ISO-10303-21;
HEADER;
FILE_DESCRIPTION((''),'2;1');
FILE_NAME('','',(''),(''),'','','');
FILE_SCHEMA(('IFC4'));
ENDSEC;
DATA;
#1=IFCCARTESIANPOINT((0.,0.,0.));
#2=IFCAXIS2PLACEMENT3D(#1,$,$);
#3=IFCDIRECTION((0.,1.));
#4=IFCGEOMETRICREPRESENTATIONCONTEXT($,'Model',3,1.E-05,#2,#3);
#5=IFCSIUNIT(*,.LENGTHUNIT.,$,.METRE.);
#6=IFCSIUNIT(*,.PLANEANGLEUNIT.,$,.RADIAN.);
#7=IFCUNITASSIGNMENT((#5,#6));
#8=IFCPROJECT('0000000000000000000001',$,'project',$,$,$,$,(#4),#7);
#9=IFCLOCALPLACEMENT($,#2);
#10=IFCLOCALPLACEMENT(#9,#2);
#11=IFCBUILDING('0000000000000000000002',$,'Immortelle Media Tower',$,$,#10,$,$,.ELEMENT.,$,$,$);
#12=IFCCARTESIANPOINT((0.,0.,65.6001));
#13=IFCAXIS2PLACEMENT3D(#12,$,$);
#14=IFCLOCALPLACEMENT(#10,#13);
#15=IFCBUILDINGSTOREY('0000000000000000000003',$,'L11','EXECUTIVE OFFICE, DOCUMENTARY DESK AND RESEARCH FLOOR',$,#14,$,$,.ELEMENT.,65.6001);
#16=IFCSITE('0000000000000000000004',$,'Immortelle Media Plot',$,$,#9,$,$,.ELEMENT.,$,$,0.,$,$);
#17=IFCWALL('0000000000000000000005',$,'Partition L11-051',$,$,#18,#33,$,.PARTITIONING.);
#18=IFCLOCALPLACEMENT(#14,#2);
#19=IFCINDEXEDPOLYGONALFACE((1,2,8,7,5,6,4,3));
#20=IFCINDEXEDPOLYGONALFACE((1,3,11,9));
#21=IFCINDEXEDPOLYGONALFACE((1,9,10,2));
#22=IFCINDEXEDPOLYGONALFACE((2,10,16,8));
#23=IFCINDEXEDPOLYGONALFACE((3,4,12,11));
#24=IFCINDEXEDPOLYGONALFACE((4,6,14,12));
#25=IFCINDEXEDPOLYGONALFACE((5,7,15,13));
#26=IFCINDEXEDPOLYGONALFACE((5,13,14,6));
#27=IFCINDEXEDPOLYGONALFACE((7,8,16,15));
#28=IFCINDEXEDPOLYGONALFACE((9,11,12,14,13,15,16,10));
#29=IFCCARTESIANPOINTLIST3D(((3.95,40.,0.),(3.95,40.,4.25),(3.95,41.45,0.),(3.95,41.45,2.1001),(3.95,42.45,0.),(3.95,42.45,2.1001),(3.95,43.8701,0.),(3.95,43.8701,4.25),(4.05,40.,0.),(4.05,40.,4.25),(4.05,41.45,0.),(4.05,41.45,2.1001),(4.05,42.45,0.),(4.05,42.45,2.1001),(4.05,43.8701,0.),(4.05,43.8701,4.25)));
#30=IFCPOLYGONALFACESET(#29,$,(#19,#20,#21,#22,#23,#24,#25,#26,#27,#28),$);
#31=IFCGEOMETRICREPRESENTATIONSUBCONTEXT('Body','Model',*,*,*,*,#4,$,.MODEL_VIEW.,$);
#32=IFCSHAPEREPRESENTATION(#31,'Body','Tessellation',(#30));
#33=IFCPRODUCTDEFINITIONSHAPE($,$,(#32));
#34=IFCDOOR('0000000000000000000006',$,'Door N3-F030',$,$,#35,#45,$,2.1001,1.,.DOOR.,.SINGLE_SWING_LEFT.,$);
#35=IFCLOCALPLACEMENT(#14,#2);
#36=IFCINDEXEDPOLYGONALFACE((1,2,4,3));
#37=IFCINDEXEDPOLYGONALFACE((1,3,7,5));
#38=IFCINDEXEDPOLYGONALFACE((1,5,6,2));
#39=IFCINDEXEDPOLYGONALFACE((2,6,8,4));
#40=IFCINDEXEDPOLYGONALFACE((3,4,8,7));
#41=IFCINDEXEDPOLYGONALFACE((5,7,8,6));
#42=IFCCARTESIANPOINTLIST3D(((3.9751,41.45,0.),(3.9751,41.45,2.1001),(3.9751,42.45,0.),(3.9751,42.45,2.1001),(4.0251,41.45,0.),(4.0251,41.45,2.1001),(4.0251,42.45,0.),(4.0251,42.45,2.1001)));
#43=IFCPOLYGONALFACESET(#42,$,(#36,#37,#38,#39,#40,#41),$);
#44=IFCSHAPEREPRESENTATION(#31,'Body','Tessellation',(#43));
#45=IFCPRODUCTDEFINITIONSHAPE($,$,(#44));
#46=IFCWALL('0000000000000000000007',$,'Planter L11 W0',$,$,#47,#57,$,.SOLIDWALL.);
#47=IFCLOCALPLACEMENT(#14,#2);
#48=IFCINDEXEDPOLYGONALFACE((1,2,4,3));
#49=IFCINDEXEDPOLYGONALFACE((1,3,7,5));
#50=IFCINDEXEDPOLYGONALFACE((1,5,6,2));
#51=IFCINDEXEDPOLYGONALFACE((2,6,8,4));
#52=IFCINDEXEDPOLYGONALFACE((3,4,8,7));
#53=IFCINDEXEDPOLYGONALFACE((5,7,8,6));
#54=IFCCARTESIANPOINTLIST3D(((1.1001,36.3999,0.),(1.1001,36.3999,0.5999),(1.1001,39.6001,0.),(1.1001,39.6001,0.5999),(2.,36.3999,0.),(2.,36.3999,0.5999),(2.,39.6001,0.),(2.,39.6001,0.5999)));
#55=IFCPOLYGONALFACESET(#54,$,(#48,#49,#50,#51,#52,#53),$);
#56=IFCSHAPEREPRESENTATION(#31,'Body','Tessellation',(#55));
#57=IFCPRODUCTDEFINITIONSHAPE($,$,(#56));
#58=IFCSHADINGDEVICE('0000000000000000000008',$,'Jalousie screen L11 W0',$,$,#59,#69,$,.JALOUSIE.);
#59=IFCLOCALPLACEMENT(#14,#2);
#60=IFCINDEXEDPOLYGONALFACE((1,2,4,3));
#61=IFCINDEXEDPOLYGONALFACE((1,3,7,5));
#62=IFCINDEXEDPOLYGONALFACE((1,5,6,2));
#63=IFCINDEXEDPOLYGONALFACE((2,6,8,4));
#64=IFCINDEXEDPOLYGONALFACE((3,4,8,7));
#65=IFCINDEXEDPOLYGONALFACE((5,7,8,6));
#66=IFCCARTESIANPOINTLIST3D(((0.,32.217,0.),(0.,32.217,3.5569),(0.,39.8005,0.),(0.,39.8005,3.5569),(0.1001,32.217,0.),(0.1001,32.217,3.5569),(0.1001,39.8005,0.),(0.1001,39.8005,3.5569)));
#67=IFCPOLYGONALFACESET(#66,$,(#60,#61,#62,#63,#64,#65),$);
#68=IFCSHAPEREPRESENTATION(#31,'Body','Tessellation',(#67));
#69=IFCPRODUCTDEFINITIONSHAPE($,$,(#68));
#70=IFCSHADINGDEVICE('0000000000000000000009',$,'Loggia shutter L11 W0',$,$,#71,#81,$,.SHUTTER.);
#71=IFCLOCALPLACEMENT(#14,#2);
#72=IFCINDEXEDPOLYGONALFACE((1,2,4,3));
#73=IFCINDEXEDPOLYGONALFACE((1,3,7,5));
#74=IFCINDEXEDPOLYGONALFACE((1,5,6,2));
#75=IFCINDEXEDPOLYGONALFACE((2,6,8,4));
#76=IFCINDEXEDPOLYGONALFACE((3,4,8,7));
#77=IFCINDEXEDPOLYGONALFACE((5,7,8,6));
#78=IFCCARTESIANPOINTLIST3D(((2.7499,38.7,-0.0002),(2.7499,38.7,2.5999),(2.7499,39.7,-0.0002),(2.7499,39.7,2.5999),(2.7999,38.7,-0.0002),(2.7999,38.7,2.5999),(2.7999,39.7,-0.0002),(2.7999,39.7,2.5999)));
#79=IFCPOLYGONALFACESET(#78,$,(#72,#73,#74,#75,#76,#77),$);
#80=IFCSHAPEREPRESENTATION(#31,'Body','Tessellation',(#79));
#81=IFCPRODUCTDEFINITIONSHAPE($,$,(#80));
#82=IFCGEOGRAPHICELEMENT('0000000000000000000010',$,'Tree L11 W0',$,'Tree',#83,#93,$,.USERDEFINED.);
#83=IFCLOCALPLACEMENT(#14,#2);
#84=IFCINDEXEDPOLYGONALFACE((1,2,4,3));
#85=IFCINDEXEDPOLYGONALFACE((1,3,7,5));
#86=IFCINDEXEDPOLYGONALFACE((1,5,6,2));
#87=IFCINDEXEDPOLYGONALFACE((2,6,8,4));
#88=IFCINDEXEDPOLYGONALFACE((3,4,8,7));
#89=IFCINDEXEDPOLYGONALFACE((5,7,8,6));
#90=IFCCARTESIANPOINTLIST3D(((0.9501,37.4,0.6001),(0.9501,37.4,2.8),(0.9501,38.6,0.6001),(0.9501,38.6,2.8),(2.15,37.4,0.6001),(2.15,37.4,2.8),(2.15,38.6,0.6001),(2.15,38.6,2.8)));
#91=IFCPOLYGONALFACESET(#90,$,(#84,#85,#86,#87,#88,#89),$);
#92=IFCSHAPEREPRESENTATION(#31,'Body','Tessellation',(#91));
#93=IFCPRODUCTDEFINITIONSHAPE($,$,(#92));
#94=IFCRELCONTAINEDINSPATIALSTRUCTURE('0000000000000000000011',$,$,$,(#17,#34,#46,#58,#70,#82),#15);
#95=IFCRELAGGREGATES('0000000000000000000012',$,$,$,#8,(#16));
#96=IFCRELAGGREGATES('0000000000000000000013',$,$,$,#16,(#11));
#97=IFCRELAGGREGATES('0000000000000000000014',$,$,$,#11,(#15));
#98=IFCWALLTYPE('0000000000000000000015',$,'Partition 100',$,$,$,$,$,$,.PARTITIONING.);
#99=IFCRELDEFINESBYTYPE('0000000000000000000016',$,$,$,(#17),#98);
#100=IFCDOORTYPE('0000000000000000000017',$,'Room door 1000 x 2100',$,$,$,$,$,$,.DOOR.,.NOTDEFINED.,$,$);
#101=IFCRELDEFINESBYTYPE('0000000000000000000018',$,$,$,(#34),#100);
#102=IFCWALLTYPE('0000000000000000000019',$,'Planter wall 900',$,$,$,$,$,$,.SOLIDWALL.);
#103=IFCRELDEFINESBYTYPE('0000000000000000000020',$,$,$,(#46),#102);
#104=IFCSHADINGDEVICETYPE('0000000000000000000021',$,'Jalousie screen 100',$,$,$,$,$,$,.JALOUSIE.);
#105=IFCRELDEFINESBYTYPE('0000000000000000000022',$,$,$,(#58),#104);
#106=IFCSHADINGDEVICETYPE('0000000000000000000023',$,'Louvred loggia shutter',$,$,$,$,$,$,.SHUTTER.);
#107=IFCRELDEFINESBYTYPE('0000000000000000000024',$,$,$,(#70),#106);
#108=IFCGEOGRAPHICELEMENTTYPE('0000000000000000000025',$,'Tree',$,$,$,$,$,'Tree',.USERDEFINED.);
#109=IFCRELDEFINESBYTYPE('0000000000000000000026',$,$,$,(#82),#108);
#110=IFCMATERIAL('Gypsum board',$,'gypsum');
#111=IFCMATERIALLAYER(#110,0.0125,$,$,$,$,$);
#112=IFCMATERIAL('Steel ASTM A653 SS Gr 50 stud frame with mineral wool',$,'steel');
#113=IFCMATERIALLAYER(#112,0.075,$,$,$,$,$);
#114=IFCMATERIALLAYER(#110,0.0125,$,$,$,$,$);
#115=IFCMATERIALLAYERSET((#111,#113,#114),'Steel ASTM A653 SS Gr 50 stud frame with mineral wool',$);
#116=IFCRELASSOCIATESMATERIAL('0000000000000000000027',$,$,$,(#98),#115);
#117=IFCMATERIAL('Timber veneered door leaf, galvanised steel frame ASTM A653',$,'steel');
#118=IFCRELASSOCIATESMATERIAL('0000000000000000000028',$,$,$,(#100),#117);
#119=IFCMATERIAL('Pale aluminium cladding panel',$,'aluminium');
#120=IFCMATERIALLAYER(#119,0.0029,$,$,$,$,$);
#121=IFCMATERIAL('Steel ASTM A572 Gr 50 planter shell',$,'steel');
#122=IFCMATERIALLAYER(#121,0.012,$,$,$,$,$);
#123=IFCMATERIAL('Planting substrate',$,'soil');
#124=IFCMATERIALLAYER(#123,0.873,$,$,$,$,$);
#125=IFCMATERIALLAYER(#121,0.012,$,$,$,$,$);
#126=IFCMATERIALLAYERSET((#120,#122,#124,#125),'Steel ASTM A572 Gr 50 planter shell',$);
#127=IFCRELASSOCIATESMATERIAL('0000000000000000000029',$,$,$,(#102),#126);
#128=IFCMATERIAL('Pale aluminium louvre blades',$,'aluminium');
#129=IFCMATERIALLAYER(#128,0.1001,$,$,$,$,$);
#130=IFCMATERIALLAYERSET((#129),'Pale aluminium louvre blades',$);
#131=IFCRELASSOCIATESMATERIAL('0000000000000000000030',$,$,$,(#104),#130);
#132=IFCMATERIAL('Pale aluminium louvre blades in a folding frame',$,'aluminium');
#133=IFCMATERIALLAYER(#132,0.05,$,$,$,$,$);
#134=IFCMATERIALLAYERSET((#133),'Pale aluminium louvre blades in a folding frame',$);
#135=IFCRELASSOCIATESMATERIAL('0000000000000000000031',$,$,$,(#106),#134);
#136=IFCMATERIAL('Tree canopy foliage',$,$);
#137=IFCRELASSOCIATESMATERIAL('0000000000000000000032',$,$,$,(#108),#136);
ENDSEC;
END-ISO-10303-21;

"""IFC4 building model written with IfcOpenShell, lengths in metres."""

from ifc_helpers import new_model, si_unit, direction, frame, frame_2d, origin, origin_2d, place, context, subcontext, project, spatial, rectangle, extrude, material, layer, layer_set, type_object, element, fill, save


model = new_model("IFC4")

# Units and contexts
model_context = context("Model", 3, precision=1e-05, world=origin(), true_north=direction((0.0, 1.0)))
body_context = subcontext(model_context, "Body", "Model", "MODEL_VIEW")
ifc_project = project(units=[si_unit("LENGTHUNIT", "METRE"), si_unit("PLANEANGLEUNIT", "RADIAN")], contexts=[model_context])

# Site, building, storey
site_placement = place(None, origin())
site = spatial("IfcSite", under=ifc_project, at=site_placement, Name="Immortelle Media Plot", CompositionType="ELEMENT", RefElevation=0.0)
building_placement = place(site_placement, origin())
building = spatial("IfcBuilding", under=site, at=building_placement, Name="Immortelle Media Tower", CompositionType="ELEMENT")
storey_placement = place(building_placement, frame((0.0, 0.0, 65.6001)))
storey = spatial("IfcBuildingStorey", under=building, at=storey_placement, Name="L11", Description="EXECUTIVE OFFICE, DOCUMENTARY DESK AND RESEARCH FLOOR", CompositionType="ELEMENT", Elevation=65.6001)

# Shared definitions
ifc_material_1 = material(Name="Pale aluminium cladding panel", Category="aluminium")
ifc_material_2 = material(Name="Steel ASTM A653 SS Gr 50 stud frame with mineral wool", Category="steel")

# Shared definitions
ifc_material_3 = material(Name="Gypsum board", Category="gypsum")
ifc_layer_1 = layer(ifc_material_3, 0.0125)
ifc_layer_2 = layer(ifc_material_2, 0.075)
ifc_layer_3 = layer(ifc_material_3, 0.0125)
ifc_layer_set_1 = layer_set([ifc_layer_1, ifc_layer_2, ifc_layer_3], Name="Steel ASTM A653 SS Gr 50 stud frame with mineral wool")
wall_type_1 = type_object("IfcWallType", Name="Partition 100", PredefinedType="PARTITIONING", material=ifc_layer_set_1)

# Wall, opening, door
wall_1_placement = place(storey_placement, frame((4.0, 40.0, 0.0), z_axis=(0.0, 0.0, 1.0), x_axis=(0.0, 1.0, 0.0)))
wall_1 = element("IfcWall", 1, at=wall_1_placement, inside=storey, type_object=wall_type_1, Name="Partition L11-051", PredefinedType="PARTITIONING", context=body_context, shape_type="SweptSolid", body=[
    extrude(rectangle(XDim=3.8701, YDim=0.1001, at=frame_2d((1.9351, 0.0))), origin(), (0.0, 0.0, 1.0), 4.25),
])
opening_1_placement = place(wall_1_placement, frame((1.45, 0.0, 0.0)))
opening_1 = element("IfcOpeningElement", 2, at=opening_1_placement, cuts=wall_1, PredefinedType="OPENING", context=body_context, shape_type="SweptSolid", body=[
    extrude(rectangle(XDim=1.0, YDim=2.1001, at=frame_2d((0.5, 1.05))), frame((0.0, 0.0601, 0.0), z_axis=(0.0, -1.0, 0.0), x_axis=(1.0, 0.0, 0.0)), (0.0, 0.0, 1.0), 0.1201),
])
ifc_material_4 = material(Name="Timber veneered door leaf, galvanised steel frame ASTM A653", Category="steel")
door_type_1 = type_object("IfcDoorType", Name="Room door 1000 x 2100", OperationType="NOTDEFINED", PredefinedType="DOOR", material=ifc_material_4)
door_1_placement = place(opening_1_placement, origin())
door_1 = element("IfcDoor", 3, at=door_1_placement, inside=storey, type_object=door_type_1, Name="Door N3-F030", OperationType="SINGLE_SWING_LEFT", OverallHeight=2.1001, OverallWidth=1.0, PredefinedType="DOOR", context=body_context, shape_type="SweptSolid", body=[
    extrude(rectangle(XDim=1.0, YDim=2.1001, at=frame_2d((0.5, 1.05))), frame((0.0, 0.0249, 0.0), z_axis=(0.0, -1.0, 0.0), x_axis=(1.0, 0.0, 0.0)), (0.0, 0.0, 1.0), 0.05),
])
fill(opening_1, door_1)

# Wall
ifc_layer_4 = layer(ifc_material_1, 0.0029)
ifc_material_5 = material(Name="Steel ASTM A572 Gr 50 planter shell", Category="steel")
ifc_layer_5 = layer(ifc_material_5, 0.012)
ifc_material_6 = material(Name="Planting substrate", Category="soil")
ifc_layer_6 = layer(ifc_material_6, 0.873)
ifc_layer_7 = layer(ifc_material_5, 0.012)
ifc_layer_set_2 = layer_set([ifc_layer_4, ifc_layer_5, ifc_layer_6, ifc_layer_7], Name="Steel ASTM A572 Gr 50 planter shell")
wall_type_2 = type_object("IfcWallType", Name="Planter wall 900", PredefinedType="SOLIDWALL", material=ifc_layer_set_2)
wall_2_placement = place(storey_placement, frame((1.55, 39.6001, 0.0), z_axis=(0.0, 0.0, 1.0), x_axis=(0.0, -1.0, 0.0)))
element("IfcWall", 4, at=wall_2_placement, inside=storey, type_object=wall_type_2, Name="Planter L11 W0", PredefinedType="SOLIDWALL", context=body_context, shape_type="SweptSolid", body=[
    extrude(rectangle(XDim=3.2002, YDim=0.8999, at=frame_2d((1.6001, 0.0))), origin(), (0.0, 0.0, 1.0), 0.5999),
])

# Shading devices
ifc_material_7 = material(Name="Pale aluminium louvre blades", Category="aluminium")
ifc_layer_8 = layer(ifc_material_7, 0.1001)
ifc_layer_set_3 = layer_set([ifc_layer_8], Name="Pale aluminium louvre blades")
shading_device_type_1 = type_object("IfcShadingDeviceType", Name="Jalousie screen 100", PredefinedType="JALOUSIE", material=ifc_layer_set_3)
shading_device_1_placement = place(storey_placement, frame((0.05, 36.0088, 0.0), z_axis=(0.0, 0.0, 1.0), x_axis=(0.0, -1.0, 0.0)))
element("IfcShadingDevice", 5, at=shading_device_1_placement, inside=storey, type_object=shading_device_type_1, Name="Jalousie screen L11 W0", PredefinedType="JALOUSIE", context=body_context, shape_type="SweptSolid", body=[
    extrude(rectangle(XDim=7.5835, YDim=0.1001, at=origin_2d()), origin(), (0.0, 0.0, 1.0), 3.5569),
])
ifc_material_8 = material(Name="Pale aluminium louvre blades in a folding frame", Category="aluminium")
ifc_layer_9 = layer(ifc_material_8, 0.05)
ifc_layer_set_4 = layer_set([ifc_layer_9], Name="Pale aluminium louvre blades in a folding frame")
shading_device_type_2 = type_object("IfcShadingDeviceType", Name="Louvred loggia shutter", PredefinedType="SHUTTER", material=ifc_layer_set_4)
shading_device_2_placement = place(storey_placement, frame((2.7749, 39.2, -0.0002), z_axis=(0.0, 0.0, 1.0), x_axis=(0.0, -1.0, 0.0)))
element("IfcShadingDevice", 6, at=shading_device_2_placement, inside=storey, type_object=shading_device_type_2, Name="Loggia shutter L11 W0", PredefinedType="SHUTTER", context=body_context, shape_type="SweptSolid", body=[
    extrude(rectangle(XDim=1.0, YDim=0.05, at=origin_2d()), origin(), (0.0, 0.0, 1.0), 2.6001),
])

# Geographic element
ifc_material_9 = material(Name="Tree canopy foliage")
geographic_element_type = type_object("IfcGeographicElementType", Name="Tree", ElementType="Tree", PredefinedType="USERDEFINED", material=ifc_material_9)
geographic_element_placement = place(storey_placement, frame((1.55, 38.0, 0.6001), z_axis=(0.0, 0.0, 1.0), x_axis=(1.0, 0.0, 0.0)))
element("IfcGeographicElement", 7, at=geographic_element_placement, inside=storey, type_object=geographic_element_type, Name="Tree L11 W0", ObjectType="Tree", PredefinedType="USERDEFINED", context=body_context, shape_type="SweptSolid", body=[
    extrude(rectangle(XDim=1.2, YDim=1.2, at=origin_2d()), origin(), (0.0, 0.0, 1.0), 2.2),
])

save(model, "model.ifc")
